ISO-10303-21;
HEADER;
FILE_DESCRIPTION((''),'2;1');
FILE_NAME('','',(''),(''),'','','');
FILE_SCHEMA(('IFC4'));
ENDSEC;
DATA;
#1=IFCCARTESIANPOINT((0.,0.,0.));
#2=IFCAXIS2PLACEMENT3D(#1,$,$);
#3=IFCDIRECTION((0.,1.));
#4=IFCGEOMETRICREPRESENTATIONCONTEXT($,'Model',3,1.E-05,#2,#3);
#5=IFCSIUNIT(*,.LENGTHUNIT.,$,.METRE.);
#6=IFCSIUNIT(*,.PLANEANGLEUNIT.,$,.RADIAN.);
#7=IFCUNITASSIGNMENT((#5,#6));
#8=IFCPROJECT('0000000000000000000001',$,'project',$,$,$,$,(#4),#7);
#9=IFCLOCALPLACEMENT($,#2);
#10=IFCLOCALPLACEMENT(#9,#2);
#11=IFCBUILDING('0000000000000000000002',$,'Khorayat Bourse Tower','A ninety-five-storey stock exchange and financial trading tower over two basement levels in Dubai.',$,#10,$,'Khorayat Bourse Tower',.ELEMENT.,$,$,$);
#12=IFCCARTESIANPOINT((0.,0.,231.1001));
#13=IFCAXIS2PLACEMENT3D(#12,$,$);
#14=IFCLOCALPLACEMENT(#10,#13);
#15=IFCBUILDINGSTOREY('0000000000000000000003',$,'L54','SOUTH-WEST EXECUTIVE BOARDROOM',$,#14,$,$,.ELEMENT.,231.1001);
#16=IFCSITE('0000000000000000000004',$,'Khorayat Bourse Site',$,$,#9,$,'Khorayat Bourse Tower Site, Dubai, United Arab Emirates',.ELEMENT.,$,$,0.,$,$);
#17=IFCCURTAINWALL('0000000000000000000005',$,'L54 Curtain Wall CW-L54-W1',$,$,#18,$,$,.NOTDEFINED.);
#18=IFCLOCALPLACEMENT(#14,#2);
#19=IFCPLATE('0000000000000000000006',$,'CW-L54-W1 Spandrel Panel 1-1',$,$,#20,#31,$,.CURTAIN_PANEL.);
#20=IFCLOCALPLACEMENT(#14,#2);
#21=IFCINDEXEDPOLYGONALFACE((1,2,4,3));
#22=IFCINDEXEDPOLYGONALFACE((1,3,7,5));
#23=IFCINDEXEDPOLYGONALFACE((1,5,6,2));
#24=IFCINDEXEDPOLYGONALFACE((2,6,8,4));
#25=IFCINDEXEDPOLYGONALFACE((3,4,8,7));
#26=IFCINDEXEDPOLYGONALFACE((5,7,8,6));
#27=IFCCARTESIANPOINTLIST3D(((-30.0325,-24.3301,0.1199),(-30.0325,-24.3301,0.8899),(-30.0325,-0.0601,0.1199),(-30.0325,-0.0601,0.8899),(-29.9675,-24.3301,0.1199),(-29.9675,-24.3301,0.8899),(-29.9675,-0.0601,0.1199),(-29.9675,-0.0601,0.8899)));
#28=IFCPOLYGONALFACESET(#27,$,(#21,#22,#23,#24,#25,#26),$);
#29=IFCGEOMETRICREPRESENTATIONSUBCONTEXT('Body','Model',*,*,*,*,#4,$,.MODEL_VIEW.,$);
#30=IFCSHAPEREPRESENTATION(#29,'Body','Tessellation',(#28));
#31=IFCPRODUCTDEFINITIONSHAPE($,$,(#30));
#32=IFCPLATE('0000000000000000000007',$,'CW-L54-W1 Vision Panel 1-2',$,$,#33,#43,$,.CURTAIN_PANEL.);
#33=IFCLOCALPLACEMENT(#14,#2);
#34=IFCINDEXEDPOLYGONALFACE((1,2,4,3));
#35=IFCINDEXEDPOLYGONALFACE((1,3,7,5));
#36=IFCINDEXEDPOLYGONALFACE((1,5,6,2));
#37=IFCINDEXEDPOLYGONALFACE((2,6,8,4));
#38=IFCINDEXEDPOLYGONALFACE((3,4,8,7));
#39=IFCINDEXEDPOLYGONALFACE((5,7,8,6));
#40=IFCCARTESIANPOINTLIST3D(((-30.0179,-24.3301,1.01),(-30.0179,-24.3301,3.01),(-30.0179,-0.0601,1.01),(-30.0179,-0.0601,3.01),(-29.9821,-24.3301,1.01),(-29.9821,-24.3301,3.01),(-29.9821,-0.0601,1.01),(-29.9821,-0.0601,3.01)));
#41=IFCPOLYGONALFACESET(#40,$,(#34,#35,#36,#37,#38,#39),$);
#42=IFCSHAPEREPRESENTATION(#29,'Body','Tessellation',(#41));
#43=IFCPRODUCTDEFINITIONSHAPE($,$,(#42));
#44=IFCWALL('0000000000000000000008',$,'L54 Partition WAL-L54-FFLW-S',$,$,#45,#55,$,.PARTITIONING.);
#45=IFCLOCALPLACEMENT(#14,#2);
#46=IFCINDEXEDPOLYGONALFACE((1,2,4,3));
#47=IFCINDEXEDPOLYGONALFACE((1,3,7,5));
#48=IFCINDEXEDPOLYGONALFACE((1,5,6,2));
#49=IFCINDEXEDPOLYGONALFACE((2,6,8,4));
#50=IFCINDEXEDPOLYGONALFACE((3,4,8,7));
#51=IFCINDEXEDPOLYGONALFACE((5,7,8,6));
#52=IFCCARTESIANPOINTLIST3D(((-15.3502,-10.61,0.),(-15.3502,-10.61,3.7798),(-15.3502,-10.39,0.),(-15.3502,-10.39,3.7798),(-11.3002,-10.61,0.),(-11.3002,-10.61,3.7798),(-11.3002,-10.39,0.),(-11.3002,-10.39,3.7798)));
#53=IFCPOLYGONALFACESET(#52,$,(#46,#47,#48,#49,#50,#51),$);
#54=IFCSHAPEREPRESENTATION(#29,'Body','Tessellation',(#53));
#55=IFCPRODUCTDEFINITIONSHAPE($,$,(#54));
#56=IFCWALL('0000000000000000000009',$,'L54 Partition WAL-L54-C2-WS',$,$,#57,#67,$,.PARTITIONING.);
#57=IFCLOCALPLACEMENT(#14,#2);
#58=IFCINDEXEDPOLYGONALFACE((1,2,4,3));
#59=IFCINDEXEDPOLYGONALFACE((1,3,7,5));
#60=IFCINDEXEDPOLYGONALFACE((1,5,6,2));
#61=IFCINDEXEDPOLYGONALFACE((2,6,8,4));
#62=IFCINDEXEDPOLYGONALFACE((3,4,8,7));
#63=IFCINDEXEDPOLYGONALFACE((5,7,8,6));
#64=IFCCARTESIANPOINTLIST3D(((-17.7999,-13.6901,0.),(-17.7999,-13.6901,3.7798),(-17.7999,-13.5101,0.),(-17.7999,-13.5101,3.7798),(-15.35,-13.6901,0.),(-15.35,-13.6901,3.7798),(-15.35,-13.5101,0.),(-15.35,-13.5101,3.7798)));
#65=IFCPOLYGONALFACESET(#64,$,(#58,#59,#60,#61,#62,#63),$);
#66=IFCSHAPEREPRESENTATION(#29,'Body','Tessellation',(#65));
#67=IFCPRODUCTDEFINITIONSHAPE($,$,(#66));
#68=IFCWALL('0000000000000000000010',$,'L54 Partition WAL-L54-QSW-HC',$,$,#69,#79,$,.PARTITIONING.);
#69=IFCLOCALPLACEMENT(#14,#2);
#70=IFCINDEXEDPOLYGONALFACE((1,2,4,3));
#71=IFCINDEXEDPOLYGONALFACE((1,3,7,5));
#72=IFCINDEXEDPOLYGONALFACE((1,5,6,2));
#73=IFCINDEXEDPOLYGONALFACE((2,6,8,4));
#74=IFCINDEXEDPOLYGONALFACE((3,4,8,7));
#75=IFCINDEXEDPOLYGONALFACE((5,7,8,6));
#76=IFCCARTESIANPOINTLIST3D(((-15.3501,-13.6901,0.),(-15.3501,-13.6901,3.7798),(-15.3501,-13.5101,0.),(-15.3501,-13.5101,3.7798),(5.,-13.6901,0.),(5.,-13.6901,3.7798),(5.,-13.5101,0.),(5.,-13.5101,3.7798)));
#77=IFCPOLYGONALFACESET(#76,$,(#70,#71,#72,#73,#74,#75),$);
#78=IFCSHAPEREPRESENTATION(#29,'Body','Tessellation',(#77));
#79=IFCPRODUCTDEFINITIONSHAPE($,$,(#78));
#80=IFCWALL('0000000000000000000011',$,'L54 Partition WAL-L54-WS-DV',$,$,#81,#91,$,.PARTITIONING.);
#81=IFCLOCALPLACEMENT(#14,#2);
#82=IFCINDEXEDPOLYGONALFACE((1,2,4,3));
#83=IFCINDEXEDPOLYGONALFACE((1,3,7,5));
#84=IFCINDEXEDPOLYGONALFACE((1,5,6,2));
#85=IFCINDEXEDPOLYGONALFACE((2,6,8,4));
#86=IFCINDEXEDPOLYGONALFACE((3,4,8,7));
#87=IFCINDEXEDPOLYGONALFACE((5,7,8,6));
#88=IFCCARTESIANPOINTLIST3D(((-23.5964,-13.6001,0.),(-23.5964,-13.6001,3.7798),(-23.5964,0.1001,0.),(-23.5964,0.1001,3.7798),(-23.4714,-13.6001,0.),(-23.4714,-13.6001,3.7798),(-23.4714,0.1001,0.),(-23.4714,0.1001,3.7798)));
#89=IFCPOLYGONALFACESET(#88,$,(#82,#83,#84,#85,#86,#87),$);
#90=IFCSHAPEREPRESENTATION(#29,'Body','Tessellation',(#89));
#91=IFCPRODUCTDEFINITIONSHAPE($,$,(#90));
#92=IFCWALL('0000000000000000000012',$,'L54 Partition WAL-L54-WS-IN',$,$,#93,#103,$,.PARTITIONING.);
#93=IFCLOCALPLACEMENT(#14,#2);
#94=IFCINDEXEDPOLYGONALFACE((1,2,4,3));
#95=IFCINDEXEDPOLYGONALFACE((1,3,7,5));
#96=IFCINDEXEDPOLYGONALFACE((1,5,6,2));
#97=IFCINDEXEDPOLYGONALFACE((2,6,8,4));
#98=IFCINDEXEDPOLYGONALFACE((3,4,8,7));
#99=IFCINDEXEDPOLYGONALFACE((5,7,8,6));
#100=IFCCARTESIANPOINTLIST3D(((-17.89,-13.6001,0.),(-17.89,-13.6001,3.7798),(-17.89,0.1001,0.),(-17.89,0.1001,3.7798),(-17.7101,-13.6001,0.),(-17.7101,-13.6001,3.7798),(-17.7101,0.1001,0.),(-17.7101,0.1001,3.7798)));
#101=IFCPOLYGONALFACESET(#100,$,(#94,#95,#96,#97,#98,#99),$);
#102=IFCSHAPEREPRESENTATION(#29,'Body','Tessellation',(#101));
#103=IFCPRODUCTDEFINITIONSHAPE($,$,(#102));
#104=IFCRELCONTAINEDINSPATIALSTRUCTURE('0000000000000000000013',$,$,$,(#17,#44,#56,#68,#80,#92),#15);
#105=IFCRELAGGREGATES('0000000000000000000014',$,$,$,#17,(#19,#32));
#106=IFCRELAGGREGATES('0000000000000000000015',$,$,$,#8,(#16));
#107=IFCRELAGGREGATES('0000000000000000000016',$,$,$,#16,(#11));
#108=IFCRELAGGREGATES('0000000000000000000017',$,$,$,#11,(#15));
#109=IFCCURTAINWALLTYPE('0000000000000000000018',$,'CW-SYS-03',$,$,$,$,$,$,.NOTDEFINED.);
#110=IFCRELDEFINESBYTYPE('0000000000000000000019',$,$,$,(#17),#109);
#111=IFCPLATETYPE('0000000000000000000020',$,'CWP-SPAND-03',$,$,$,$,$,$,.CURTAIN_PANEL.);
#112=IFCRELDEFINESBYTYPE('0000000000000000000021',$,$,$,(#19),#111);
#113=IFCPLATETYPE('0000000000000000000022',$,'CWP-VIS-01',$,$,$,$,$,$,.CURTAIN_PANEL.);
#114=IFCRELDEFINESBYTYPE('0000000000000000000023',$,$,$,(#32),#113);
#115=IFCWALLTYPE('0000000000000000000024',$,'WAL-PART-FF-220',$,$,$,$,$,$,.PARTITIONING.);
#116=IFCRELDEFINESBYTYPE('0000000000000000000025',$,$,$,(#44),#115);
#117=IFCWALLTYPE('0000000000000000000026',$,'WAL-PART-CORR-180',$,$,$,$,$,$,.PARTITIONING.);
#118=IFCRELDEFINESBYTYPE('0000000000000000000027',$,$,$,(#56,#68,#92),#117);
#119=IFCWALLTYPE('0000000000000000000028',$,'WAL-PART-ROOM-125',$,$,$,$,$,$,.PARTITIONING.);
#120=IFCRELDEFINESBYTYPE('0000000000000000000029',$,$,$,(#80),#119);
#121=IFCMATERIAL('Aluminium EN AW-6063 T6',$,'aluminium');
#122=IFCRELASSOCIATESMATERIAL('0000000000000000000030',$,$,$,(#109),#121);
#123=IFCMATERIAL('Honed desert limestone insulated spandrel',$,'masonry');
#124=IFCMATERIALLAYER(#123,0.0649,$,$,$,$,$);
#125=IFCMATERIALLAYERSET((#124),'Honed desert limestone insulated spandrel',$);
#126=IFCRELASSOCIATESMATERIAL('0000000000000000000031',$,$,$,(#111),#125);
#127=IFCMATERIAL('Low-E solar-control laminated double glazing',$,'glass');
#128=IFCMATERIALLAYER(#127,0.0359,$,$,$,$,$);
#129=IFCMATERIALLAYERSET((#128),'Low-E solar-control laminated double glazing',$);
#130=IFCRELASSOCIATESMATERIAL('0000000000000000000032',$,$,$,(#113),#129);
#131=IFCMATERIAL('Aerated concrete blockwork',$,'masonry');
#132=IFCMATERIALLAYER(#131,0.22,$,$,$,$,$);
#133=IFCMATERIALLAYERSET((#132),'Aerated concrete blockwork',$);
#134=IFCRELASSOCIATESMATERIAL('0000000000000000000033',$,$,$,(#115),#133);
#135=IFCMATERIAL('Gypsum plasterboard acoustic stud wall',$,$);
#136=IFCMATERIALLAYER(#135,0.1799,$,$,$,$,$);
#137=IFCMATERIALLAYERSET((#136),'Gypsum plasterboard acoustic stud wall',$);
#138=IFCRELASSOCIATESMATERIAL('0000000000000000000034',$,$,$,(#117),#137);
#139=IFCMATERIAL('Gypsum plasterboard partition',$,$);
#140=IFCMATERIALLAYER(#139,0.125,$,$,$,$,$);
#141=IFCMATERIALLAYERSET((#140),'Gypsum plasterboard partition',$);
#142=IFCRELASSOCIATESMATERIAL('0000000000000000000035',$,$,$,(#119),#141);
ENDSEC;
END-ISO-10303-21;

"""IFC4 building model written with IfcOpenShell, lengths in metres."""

from ifc_helpers import new_model, si_unit, direction, frame, frame_2d, origin, origin_2d, place, context, subcontext, project, spatial, rectangle, extrude, source, transform, mapped, material, layer, layer_set, type_object, element, aggregate, save


model = new_model("IFC4")

# Units and contexts
model_context = context("Model", 3, precision=1e-05, world=origin(), true_north=direction((0.0, 1.0)))
body_context = subcontext(model_context, "Body", "Model", "MODEL_VIEW")
ifc_project = project(units=[si_unit("LENGTHUNIT", "METRE"), si_unit("PLANEANGLEUNIT", "RADIAN")], contexts=[model_context])

# Site, building, storey
site_placement = place(None, origin())
site = spatial("IfcSite", under=ifc_project, at=site_placement, Name="Khorayat Bourse Site", LongName="Khorayat Bourse Tower Site, Dubai, United Arab Emirates", CompositionType="ELEMENT", RefElevation=0.0)
building_placement = place(site_placement, origin())
building = spatial("IfcBuilding", under=site, at=building_placement, Name="Khorayat Bourse Tower", Description="A ninety-five-storey stock exchange and financial trading tower over two basement levels in Dubai.", LongName="Khorayat Bourse Tower", CompositionType="ELEMENT")
storey_placement = place(building_placement, frame((0.0, 0.0, 231.1001)))
storey = spatial("IfcBuildingStorey", under=building, at=storey_placement, Name="L54", Description="SOUTH-WEST EXECUTIVE BOARDROOM", CompositionType="ELEMENT", Elevation=231.1001)

# Curtain wall
ifc_material_1 = material(Name="Aluminium EN AW-6063 T6", Category="aluminium")
curtain_wall_type = type_object("IfcCurtainWallType", Name="CW-SYS-03", PredefinedType="NOTDEFINED", material=ifc_material_1)
curtain_wall_placement = place(storey_placement, origin())
curtain_wall = element("IfcCurtainWall", 1, at=curtain_wall_placement, inside=storey, type_object=curtain_wall_type, Name="L54 Curtain Wall CW-L54-W1", PredefinedType="NOTDEFINED")

# Plates
ifc_material_2 = material(Name="Honed desert limestone insulated spandrel", Category="masonry")
ifc_layer_1 = layer(ifc_material_2, 0.0649)
ifc_layer_set_1 = layer_set([ifc_layer_1], Name="Honed desert limestone insulated spandrel")
plate_type_1 = type_object("IfcPlateType", Name="CWP-SPAND-03", PredefinedType="CURTAIN_PANEL", material=ifc_layer_set_1)
shared_shape_1 = source(origin(), body_context, "Body", "SweptSolid", [
    extrude(rectangle(XDim=24.27, YDim=0.0649, at=origin_2d()), origin(), (0.0, 0.0, 1.0), 0.77),
])
plate_1_placement = place(storey_placement, frame((-30.0, -12.1951, 0.1199), z_axis=(0.0, 0.0, 1.0), x_axis=(0.0, 1.0, 0.0)))
plate_1 = element("IfcPlate", 2, at=plate_1_placement, type_object=plate_type_1, Name="CW-L54-W1 Spandrel Panel 1-1", PredefinedType="CURTAIN_PANEL", context=body_context, shape_type="MappedRepresentation", body=[
    mapped(shared_shape_1, transform((0.0, 0.0, 0.0), scale=1.0)),
])
ifc_material_3 = material(Name="Low-E solar-control laminated double glazing", Category="glass")
ifc_layer_2 = layer(ifc_material_3, 0.0359)
ifc_layer_set_2 = layer_set([ifc_layer_2], Name="Low-E solar-control laminated double glazing")
plate_type_2 = type_object("IfcPlateType", Name="CWP-VIS-01", PredefinedType="CURTAIN_PANEL", material=ifc_layer_set_2)
shared_shape_2 = source(origin(), body_context, "Body", "SweptSolid", [
    extrude(rectangle(XDim=24.27, YDim=0.0359, at=origin_2d()), origin(), (0.0, 0.0, 1.0), 2.0),
])
plate_2_placement = place(storey_placement, frame((-30.0, -12.1951, 1.01), z_axis=(0.0, 0.0, 1.0), x_axis=(0.0, 1.0, 0.0)))
plate_2 = element("IfcPlate", 3, at=plate_2_placement, type_object=plate_type_2, Name="CW-L54-W1 Vision Panel 1-2", PredefinedType="CURTAIN_PANEL", context=body_context, shape_type="MappedRepresentation", body=[
    mapped(shared_shape_2, transform((0.0, 0.0, 0.0), scale=1.0)),
])
aggregate(curtain_wall, [plate_1, plate_2])

# Walls
ifc_material_4 = material(Name="Aerated concrete blockwork", Category="masonry")
ifc_layer_3 = layer(ifc_material_4, 0.22)
ifc_layer_set_3 = layer_set([ifc_layer_3], Name="Aerated concrete blockwork")
wall_type_1 = type_object("IfcWallType", Name="WAL-PART-FF-220", PredefinedType="PARTITIONING", material=ifc_layer_set_3)
shared_shape_3 = source(origin(), body_context, "Body", "SweptSolid", [
    extrude(rectangle(XDim=4.05, YDim=0.22, at=frame_2d((2.0249, 0.0))), origin(), (0.0, 0.0, 1.0), 3.7798),
])
wall_1_placement = place(storey_placement, frame((-15.3501, -10.5, 0.0), z_axis=(0.0, 0.0, 1.0), x_axis=(1.0, 0.0, 0.0)))
element("IfcWall", 4, at=wall_1_placement, inside=storey, type_object=wall_type_1, Name="L54 Partition WAL-L54-FFLW-S", PredefinedType="PARTITIONING", context=body_context, shape_type="MappedRepresentation", body=[
    mapped(shared_shape_3, transform((0.0, 0.0, 0.0), scale=1.0)),
])
ifc_material_5 = material(Name="Gypsum plasterboard acoustic stud wall")
ifc_layer_4 = layer(ifc_material_5, 0.1799)
ifc_layer_set_4 = layer_set([ifc_layer_4], Name="Gypsum plasterboard acoustic stud wall")
wall_type_2 = type_object("IfcWallType", Name="WAL-PART-CORR-180", PredefinedType="PARTITIONING", material=ifc_layer_set_4)
shared_shape_4 = source(origin(), body_context, "Body", "SweptSolid", [
    extrude(rectangle(XDim=2.45, YDim=0.1799, at=frame_2d((1.2251, 0.0))), origin(), (0.0, 0.0, 1.0), 3.7798),
])
wall_2_placement = place(storey_placement, frame((-17.8, -13.6001, 0.0), z_axis=(0.0, 0.0, 1.0), x_axis=(1.0, 0.0, 0.0)))
element("IfcWall", 5, at=wall_2_placement, inside=storey, type_object=wall_type_2, Name="L54 Partition WAL-L54-C2-WS", PredefinedType="PARTITIONING", context=body_context, shape_type="MappedRepresentation", body=[
    mapped(shared_shape_4, transform((0.0, 0.0, 0.0), scale=1.0)),
])
shared_shape_5 = source(origin(), body_context, "Body", "SweptSolid", [
    extrude(rectangle(XDim=20.3501, YDim=0.1799, at=frame_2d((10.175, 0.0))), origin(), (0.0, 0.0, 1.0), 3.7798),
])
wall_3_placement = place(storey_placement, frame((-15.3501, -13.6001, 0.0), z_axis=(0.0, 0.0, 1.0), x_axis=(1.0, 0.0, 0.0)))
element("IfcWall", 6, at=wall_3_placement, inside=storey, type_object=wall_type_2, Name="L54 Partition WAL-L54-QSW-HC", PredefinedType="PARTITIONING", context=body_context, shape_type="MappedRepresentation", body=[
    mapped(shared_shape_5, transform((0.0, 0.0, 0.0), scale=1.0)),
])
ifc_material_6 = material(Name="Gypsum plasterboard partition")
ifc_layer_5 = layer(ifc_material_6, 0.125)
ifc_layer_set_5 = layer_set([ifc_layer_5], Name="Gypsum plasterboard partition")
wall_type_3 = type_object("IfcWallType", Name="WAL-PART-ROOM-125", PredefinedType="PARTITIONING", material=ifc_layer_set_5)
shared_shape_6 = source(origin(), body_context, "Body", "SweptSolid", [
    extrude(rectangle(XDim=13.7002, YDim=0.125, at=frame_2d((6.8501, 0.0))), origin(), (0.0, 0.0, 1.0), 3.7798),
])
wall_4_placement = place(storey_placement, frame((-23.5339, -13.6001, 0.0), z_axis=(0.0, 0.0, 1.0), x_axis=(0.0, 1.0, 0.0)))
element("IfcWall", 7, at=wall_4_placement, inside=storey, type_object=wall_type_3, Name="L54 Partition WAL-L54-WS-DV", PredefinedType="PARTITIONING", context=body_context, shape_type="MappedRepresentation", body=[
    mapped(shared_shape_6, transform((0.0, 0.0, 0.0), scale=1.0)),
])
shared_shape_7 = source(origin(), body_context, "Body", "SweptSolid", [
    extrude(rectangle(XDim=13.7002, YDim=0.1799, at=frame_2d((6.8501, 0.0))), origin(), (0.0, 0.0, 1.0), 3.7798),
])
wall_5_placement = place(storey_placement, frame((-17.8, -13.6001, 0.0), z_axis=(0.0, 0.0, 1.0), x_axis=(0.0, 1.0, 0.0)))
element("IfcWall", 8, at=wall_5_placement, inside=storey, type_object=wall_type_2, Name="L54 Partition WAL-L54-WS-IN", PredefinedType="PARTITIONING", context=body_context, shape_type="MappedRepresentation", body=[
    mapped(shared_shape_7, transform((0.0, 0.0, 0.0), scale=1.0)),
])

save(model, "model.ifc")
